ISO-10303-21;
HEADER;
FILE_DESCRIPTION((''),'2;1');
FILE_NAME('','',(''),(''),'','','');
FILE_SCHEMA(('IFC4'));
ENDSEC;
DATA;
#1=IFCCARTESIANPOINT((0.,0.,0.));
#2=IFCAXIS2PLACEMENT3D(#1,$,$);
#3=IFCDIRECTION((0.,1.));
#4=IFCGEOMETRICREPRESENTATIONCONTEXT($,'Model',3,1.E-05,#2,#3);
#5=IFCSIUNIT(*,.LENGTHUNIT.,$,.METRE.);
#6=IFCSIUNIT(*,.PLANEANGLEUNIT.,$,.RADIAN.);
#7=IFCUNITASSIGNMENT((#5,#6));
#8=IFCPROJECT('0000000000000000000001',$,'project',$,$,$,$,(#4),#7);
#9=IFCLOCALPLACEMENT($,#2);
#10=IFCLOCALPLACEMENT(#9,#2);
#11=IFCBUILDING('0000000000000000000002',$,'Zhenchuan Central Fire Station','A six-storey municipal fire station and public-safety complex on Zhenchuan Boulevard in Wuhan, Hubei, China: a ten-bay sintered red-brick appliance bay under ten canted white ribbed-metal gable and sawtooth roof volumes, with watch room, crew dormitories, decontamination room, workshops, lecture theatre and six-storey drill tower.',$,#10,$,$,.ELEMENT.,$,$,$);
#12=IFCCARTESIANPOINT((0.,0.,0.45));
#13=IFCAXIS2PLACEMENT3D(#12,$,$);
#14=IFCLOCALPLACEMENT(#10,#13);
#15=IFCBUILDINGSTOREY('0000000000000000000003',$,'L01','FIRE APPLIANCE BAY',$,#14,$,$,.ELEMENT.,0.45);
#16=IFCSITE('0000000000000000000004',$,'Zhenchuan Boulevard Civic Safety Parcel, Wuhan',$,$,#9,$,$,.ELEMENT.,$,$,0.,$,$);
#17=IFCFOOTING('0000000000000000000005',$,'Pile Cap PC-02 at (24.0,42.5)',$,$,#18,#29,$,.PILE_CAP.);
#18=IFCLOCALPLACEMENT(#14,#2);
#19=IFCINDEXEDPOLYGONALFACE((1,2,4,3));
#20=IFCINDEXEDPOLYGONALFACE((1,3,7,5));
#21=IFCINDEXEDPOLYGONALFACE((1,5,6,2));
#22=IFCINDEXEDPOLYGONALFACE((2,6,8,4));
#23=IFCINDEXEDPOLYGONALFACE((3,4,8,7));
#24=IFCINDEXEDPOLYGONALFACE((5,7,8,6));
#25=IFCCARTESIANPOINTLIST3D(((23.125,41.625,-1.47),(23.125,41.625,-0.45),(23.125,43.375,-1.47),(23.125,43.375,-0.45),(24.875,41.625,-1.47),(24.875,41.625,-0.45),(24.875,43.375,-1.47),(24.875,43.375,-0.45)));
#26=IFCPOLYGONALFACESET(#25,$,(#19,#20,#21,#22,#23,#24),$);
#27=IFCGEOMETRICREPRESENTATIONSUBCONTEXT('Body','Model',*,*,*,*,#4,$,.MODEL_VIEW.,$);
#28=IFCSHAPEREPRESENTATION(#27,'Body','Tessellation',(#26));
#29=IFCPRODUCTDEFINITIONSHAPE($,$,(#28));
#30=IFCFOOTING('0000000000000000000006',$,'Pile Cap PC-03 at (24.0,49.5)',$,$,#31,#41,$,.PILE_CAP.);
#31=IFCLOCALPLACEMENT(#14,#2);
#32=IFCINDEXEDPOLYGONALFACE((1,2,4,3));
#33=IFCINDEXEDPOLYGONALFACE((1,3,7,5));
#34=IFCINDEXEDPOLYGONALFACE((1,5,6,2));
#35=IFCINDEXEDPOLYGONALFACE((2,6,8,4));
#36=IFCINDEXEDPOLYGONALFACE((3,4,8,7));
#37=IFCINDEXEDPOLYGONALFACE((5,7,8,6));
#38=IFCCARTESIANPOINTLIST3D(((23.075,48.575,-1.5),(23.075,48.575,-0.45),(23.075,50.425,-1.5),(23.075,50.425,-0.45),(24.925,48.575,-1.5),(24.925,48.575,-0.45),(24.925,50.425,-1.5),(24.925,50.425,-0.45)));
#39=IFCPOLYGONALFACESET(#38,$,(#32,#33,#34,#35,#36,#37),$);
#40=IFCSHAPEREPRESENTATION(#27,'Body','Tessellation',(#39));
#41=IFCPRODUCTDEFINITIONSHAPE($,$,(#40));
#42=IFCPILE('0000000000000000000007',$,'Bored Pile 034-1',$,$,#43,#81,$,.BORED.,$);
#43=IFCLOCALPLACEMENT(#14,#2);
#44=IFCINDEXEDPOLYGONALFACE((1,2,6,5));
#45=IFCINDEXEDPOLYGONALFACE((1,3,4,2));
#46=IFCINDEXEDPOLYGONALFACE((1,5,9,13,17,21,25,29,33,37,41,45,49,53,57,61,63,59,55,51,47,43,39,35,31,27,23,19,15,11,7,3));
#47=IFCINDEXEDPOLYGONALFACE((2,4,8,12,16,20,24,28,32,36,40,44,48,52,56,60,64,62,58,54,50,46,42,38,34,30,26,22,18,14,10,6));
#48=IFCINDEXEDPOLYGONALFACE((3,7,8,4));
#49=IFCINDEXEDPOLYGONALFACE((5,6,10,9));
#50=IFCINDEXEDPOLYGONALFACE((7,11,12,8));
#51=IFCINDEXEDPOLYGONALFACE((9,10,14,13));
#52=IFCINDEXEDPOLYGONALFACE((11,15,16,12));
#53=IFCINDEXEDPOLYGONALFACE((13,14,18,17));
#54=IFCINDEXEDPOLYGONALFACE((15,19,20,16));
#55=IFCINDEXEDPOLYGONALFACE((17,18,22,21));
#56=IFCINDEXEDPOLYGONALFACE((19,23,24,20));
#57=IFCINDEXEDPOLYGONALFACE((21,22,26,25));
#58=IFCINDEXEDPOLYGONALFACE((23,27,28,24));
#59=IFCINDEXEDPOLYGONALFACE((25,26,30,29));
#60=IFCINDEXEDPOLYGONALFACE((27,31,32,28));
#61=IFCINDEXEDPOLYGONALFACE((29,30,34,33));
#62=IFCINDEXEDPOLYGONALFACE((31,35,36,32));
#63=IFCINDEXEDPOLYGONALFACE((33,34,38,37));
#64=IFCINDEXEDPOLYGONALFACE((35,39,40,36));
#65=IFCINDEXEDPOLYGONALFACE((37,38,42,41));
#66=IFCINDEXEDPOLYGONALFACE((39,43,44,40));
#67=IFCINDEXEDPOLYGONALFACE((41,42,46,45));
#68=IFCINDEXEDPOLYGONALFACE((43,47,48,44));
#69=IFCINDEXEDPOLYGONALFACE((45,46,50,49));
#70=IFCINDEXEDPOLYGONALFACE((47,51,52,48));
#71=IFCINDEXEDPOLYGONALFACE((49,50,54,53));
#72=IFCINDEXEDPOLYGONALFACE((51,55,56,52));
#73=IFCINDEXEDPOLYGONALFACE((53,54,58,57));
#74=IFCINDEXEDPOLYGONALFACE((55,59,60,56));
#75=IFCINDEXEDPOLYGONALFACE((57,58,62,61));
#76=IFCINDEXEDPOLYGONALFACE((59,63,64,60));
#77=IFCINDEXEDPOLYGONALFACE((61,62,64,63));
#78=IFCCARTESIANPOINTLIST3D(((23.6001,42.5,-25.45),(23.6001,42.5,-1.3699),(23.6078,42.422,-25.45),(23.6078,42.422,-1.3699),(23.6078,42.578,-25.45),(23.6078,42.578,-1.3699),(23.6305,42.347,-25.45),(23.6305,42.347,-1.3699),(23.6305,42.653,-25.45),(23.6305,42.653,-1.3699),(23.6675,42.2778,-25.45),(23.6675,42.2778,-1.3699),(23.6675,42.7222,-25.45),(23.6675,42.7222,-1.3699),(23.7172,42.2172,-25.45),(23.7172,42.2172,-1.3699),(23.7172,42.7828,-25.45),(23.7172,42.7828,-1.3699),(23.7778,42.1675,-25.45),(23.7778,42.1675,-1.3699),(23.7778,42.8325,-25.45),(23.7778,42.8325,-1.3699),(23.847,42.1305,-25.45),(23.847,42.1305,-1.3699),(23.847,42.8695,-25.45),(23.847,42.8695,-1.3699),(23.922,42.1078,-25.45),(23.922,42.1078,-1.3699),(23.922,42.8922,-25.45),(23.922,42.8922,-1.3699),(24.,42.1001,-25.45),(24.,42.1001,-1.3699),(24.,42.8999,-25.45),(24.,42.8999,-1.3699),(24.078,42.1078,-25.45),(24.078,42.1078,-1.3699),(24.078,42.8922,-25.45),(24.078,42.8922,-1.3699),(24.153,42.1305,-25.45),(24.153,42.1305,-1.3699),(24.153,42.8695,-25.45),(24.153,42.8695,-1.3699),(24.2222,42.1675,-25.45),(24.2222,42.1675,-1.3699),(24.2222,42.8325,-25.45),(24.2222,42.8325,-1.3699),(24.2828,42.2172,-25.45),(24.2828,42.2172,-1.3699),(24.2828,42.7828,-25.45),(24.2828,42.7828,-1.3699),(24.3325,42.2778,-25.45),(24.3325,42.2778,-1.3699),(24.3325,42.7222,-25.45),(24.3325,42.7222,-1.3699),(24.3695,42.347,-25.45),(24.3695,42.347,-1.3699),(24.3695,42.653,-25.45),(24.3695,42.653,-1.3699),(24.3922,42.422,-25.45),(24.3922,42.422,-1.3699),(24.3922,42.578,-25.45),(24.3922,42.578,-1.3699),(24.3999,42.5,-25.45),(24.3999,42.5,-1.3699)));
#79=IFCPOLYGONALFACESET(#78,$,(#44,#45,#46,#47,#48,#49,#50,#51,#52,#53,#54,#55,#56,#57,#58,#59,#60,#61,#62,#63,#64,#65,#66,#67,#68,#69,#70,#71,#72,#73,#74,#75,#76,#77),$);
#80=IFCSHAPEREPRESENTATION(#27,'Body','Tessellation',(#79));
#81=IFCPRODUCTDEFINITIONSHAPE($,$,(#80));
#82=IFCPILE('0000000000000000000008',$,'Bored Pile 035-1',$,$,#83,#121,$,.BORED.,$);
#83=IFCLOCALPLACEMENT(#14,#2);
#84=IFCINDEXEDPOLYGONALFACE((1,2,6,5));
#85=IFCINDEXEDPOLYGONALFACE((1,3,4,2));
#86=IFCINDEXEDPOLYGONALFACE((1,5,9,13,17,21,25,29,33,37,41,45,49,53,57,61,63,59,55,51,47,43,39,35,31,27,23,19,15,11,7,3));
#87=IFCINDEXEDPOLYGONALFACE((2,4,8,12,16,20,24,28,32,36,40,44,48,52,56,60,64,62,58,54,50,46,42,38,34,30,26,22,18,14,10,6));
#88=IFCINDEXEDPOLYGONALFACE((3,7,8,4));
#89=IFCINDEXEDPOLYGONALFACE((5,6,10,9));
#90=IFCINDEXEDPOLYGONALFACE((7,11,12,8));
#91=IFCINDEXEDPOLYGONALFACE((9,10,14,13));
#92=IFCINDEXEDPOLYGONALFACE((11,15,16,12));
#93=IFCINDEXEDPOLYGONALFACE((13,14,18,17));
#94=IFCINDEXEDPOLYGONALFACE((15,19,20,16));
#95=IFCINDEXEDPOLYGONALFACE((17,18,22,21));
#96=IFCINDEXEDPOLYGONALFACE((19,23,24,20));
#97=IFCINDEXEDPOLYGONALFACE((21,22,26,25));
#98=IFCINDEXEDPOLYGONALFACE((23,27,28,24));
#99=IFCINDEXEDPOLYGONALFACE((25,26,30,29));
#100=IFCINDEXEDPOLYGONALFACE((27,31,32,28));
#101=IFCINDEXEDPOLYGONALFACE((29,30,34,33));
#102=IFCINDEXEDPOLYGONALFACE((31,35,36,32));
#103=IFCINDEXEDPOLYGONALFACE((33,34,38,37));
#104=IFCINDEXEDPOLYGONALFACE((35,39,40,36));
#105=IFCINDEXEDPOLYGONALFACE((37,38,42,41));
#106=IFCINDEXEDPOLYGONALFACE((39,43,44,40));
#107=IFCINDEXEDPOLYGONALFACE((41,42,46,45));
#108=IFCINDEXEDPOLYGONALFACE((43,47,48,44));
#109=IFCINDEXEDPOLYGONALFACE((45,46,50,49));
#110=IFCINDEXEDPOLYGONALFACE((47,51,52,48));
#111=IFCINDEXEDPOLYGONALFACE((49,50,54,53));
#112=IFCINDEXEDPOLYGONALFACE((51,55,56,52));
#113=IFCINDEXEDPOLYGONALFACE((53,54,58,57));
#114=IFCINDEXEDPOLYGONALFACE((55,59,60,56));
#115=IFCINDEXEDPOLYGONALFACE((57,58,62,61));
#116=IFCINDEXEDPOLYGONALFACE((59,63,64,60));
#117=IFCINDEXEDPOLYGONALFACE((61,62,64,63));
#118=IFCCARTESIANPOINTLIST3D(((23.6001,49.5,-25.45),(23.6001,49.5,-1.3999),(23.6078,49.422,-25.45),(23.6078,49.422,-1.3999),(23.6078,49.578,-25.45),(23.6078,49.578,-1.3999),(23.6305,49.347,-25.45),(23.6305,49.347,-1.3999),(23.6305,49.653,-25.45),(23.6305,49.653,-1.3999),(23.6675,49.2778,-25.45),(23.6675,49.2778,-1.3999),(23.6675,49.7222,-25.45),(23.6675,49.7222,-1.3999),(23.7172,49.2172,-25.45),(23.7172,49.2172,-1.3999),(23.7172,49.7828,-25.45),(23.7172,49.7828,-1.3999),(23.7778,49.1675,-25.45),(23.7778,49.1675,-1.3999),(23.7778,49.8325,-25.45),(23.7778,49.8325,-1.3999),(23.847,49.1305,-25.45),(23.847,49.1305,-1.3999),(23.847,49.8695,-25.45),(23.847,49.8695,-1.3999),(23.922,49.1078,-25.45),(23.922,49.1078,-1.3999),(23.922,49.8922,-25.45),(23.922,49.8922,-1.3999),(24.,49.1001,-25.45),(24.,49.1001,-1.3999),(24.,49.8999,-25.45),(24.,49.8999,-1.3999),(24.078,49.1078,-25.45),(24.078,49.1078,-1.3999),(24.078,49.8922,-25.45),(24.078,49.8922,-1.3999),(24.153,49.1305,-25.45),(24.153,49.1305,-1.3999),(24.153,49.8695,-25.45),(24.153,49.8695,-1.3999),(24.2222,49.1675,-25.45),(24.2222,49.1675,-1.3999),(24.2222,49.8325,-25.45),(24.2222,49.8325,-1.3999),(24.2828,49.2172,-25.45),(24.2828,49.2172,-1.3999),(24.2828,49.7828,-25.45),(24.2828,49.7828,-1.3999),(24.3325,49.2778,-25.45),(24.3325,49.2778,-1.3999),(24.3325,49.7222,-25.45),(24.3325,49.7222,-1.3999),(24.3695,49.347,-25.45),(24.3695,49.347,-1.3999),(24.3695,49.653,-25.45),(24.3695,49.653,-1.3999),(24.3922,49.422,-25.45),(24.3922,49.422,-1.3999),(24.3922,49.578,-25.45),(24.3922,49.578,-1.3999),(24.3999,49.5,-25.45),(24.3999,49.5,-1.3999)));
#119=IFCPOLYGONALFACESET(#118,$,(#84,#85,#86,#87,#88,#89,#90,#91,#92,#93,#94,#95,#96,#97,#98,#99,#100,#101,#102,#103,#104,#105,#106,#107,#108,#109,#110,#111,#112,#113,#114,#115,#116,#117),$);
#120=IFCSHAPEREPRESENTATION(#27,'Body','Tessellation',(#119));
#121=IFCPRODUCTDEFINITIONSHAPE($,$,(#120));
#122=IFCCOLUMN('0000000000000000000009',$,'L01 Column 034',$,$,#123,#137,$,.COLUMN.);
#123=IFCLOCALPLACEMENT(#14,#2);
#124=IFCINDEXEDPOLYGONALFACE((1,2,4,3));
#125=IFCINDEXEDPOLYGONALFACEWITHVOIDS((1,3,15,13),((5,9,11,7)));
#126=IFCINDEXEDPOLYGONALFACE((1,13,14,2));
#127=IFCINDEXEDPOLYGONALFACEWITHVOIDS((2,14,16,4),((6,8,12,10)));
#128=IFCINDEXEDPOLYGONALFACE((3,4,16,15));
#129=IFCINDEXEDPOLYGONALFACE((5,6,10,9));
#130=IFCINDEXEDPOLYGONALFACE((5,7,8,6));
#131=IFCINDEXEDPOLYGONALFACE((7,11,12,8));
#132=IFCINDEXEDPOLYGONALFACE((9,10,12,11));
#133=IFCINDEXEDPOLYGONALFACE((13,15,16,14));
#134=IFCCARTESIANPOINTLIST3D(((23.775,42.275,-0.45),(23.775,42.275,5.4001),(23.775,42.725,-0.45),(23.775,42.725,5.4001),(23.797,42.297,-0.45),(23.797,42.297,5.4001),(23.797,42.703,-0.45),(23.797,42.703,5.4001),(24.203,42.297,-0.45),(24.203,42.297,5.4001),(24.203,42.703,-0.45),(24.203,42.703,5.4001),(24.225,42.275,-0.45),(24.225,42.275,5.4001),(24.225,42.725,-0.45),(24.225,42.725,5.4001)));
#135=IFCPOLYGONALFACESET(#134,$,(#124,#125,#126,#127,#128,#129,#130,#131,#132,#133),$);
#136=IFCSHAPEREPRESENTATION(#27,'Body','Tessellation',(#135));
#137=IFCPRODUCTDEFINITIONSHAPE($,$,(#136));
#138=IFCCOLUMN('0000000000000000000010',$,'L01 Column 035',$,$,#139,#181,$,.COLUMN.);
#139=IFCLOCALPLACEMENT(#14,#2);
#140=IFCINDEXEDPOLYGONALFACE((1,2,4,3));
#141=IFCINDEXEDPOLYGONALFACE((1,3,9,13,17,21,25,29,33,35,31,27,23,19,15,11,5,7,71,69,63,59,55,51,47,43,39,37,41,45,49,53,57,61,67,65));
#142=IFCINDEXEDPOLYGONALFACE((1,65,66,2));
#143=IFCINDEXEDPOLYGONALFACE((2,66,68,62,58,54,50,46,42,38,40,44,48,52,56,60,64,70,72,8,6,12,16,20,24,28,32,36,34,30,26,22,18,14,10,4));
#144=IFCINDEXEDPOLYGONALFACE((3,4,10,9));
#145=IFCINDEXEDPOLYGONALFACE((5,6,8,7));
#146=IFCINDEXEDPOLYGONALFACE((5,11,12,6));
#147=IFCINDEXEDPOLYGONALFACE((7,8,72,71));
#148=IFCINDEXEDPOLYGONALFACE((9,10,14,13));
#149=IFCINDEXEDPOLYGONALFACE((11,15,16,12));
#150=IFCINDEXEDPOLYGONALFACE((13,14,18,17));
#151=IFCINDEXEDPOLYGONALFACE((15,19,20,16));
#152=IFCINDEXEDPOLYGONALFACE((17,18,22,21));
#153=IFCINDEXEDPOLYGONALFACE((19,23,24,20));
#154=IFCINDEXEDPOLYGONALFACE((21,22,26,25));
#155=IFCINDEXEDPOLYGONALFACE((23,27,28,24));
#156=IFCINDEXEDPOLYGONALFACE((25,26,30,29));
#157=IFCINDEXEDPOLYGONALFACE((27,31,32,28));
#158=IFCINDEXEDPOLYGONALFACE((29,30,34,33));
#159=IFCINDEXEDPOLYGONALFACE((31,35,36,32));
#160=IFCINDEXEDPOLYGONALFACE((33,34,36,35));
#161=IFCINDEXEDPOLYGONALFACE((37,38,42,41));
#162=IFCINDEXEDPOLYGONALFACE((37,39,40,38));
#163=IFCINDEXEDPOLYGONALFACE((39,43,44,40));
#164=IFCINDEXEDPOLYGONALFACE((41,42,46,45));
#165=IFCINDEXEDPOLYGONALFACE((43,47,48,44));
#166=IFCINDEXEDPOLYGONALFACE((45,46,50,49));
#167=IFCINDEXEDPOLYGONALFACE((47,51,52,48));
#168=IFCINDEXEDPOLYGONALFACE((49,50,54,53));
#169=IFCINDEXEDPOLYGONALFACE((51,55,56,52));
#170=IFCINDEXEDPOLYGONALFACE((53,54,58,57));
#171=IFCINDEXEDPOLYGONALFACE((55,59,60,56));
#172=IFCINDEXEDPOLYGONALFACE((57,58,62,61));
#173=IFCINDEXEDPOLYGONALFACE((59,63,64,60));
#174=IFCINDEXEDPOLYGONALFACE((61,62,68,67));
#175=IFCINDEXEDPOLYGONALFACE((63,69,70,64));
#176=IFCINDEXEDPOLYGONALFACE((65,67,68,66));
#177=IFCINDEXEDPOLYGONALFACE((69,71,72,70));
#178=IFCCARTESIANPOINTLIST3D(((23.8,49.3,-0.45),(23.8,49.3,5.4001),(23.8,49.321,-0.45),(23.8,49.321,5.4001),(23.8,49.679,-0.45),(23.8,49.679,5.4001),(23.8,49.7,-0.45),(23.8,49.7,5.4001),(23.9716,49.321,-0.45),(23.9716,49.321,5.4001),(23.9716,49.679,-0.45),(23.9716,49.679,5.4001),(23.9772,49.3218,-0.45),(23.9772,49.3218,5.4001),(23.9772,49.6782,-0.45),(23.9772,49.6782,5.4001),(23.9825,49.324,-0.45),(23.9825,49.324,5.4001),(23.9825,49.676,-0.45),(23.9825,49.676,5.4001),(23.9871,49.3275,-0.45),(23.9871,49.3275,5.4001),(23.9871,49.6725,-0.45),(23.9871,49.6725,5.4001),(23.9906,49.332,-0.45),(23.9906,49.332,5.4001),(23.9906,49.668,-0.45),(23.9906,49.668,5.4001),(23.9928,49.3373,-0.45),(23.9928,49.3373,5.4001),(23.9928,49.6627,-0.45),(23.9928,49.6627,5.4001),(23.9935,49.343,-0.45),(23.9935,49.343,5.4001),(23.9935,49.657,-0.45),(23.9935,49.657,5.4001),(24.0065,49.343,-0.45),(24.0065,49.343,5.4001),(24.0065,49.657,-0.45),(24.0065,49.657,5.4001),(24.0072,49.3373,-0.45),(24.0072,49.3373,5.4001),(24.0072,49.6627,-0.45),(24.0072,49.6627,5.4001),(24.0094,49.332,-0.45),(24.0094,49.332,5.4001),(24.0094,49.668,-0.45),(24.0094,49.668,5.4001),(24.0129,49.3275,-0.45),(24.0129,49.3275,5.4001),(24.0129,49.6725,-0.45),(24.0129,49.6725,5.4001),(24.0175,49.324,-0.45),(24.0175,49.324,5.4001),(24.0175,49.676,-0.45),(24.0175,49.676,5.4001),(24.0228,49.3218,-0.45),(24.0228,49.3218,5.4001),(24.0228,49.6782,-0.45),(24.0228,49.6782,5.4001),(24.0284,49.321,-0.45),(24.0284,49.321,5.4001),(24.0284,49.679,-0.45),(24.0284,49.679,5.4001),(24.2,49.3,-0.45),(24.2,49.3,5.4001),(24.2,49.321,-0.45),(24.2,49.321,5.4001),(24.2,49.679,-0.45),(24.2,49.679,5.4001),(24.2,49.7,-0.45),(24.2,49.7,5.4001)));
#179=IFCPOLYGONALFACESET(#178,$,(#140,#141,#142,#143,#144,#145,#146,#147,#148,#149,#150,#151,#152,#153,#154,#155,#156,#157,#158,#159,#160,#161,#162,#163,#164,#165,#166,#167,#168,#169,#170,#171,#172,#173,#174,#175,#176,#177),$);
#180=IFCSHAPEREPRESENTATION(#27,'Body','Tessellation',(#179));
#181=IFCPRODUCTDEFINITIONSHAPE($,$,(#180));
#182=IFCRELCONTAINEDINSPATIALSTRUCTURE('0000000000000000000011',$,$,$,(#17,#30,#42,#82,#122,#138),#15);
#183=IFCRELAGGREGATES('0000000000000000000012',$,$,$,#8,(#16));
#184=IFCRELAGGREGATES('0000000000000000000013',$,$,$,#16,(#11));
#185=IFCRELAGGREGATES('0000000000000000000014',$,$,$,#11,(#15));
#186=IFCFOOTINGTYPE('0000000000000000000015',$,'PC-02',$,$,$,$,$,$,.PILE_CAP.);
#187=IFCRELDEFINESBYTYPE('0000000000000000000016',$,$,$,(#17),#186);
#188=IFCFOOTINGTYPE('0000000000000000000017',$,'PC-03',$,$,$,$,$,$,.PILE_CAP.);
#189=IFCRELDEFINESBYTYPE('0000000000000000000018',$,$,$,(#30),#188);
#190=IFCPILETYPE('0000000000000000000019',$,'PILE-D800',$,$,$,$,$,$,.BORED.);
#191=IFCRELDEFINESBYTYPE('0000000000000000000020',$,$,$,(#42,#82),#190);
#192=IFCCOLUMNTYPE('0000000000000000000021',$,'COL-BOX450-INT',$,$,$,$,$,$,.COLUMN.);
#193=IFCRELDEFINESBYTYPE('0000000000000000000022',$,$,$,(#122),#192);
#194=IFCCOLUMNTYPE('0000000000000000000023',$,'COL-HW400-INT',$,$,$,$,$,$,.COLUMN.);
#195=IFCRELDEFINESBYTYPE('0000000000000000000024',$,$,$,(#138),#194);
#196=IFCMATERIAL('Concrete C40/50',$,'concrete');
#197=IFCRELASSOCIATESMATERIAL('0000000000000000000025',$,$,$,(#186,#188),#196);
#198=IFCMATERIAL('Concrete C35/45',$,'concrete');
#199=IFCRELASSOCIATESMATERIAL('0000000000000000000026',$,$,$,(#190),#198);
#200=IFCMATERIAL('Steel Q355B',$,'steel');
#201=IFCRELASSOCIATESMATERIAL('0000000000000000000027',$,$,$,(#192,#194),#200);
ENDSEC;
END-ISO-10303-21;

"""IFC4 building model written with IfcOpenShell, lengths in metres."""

from ifc_helpers import new_model, si_unit, direction, frame, origin, origin_2d, place, context, subcontext, project, spatial, rectangle, hollow_rectangle, circle, i_section, extrude, material, material_profile, profile_set, type_object, element, save


model = new_model("IFC4")

# Units and contexts
model_context = context("Model", 3, precision=1e-05, world=origin(), true_north=direction((0.0, 1.0)))
body_context = subcontext(model_context, "Body", "Model", "MODEL_VIEW")
ifc_project = project(units=[si_unit("LENGTHUNIT", "METRE"), si_unit("PLANEANGLEUNIT", "RADIAN")], contexts=[model_context])

# Site, building, storey
site_placement = place(None, origin())
site = spatial("IfcSite", under=ifc_project, at=site_placement, Name="Zhenchuan Boulevard Civic Safety Parcel, Wuhan", CompositionType="ELEMENT", RefElevation=0.0)
building_placement = place(site_placement, origin())
building = spatial("IfcBuilding", under=site, at=building_placement, Name="Zhenchuan Central Fire Station", Description="A six-storey municipal fire station and public-safety complex on Zhenchuan Boulevard in Wuhan, Hubei, China: a ten-bay sintered red-brick appliance bay under ten canted white ribbed-metal gable and sawtooth roof volumes, with watch room, crew dormitories, decontamination room, workshops, lecture theatre and six-storey drill tower.", CompositionType="ELEMENT")
storey_placement = place(building_placement, frame((0.0, 0.0, 0.45)))
storey = spatial("IfcBuildingStorey", under=building, at=storey_placement, Name="L01", Description="FIRE APPLIANCE BAY", CompositionType="ELEMENT", Elevation=0.45)

# Footings
ifc_material_1 = material(Name="Concrete C40/50", Category="concrete")
footing_type_1 = type_object("IfcFootingType", Name="PC-02", PredefinedType="PILE_CAP", material=ifc_material_1)
footing_1_placement = place(storey_placement, frame((24.0, 42.5, -1.47), z_axis=(0.0, 0.0, 1.0), x_axis=(1.0, 0.0, 0.0)))
element("IfcFooting", 1, at=footing_1_placement, inside=storey, type_object=footing_type_1, Name="Pile Cap PC-02 at (24.0,42.5)", PredefinedType="PILE_CAP", context=body_context, shape_type="SweptSolid", body=[
    extrude(rectangle(XDim=1.75, YDim=1.75, at=origin_2d()), origin(), (0.0, 0.0, 1.0), 1.02),
])
footing_type_2 = type_object("IfcFootingType", Name="PC-03", PredefinedType="PILE_CAP", material=ifc_material_1)
footing_2_placement = place(storey_placement, frame((24.0, 49.5, -1.5), z_axis=(0.0, 0.0, 1.0), x_axis=(1.0, 0.0, 0.0)))
element("IfcFooting", 2, at=footing_2_placement, inside=storey, type_object=footing_type_2, Name="Pile Cap PC-03 at (24.0,49.5)", PredefinedType="PILE_CAP", context=body_context, shape_type="SweptSolid", body=[
    extrude(rectangle(XDim=1.8501, YDim=1.8501, at=origin_2d()), origin(), (0.0, 0.0, 1.0), 1.05),
])

# Piles
ifc_material_2 = material(Name="Concrete C35/45", Category="concrete")
ifc_material_profile_1 = material_profile(ifc_material_2, circle(Radius=0.3999, at=origin_2d()), Name="PILE D800")
ifc_profile_set_1 = profile_set([ifc_material_profile_1], Name="Concrete C35/45")
pile_type = type_object("IfcPileType", Name="PILE-D800", PredefinedType="BORED", material=ifc_profile_set_1)
pile_1_placement = place(storey_placement, frame((24.0, 42.5, -1.3699), z_axis=(0.0, 0.0, -1.0), x_axis=(1.0, 0.0, 0.0)))
element("IfcPile", 3, at=pile_1_placement, inside=storey, type_object=pile_type, Name="Bored Pile 034-1", PredefinedType="BORED", context=body_context, shape_type="SweptSolid", body=[
    extrude(circle(Radius=0.3999, at=origin_2d()), origin(), (0.0, 0.0, 1.0), 24.0801),
])
pile_2_placement = place(storey_placement, frame((24.0, 49.5, -1.3999), z_axis=(0.0, 0.0, -1.0), x_axis=(1.0, 0.0, 0.0)))
element("IfcPile", 4, at=pile_2_placement, inside=storey, type_object=pile_type, Name="Bored Pile 035-1", PredefinedType="BORED", context=body_context, shape_type="SweptSolid", body=[
    extrude(circle(Radius=0.3999, at=origin_2d()), origin(), (0.0, 0.0, 1.0), 24.05),
])

# Columns
ifc_material_3 = material(Name="Steel Q355B", Category="steel")
ifc_material_profile_2 = material_profile(ifc_material_3, hollow_rectangle(XDim=0.45, YDim=0.45, WallThickness=0.022, at=origin_2d()), Name="BOX 450x450x22")
ifc_profile_set_2 = profile_set([ifc_material_profile_2], Name="Steel Q355B")
column_type_1 = type_object("IfcColumnType", Name="COL-BOX450-INT", PredefinedType="COLUMN", material=ifc_profile_set_2)
column_1_placement = place(storey_placement, frame((24.0, 42.5, -0.45), z_axis=(0.0, 0.0, 1.0), x_axis=(1.0, 0.0, 0.0)))
element("IfcColumn", 5, at=column_1_placement, inside=storey, type_object=column_type_1, Name="L01 Column 034", PredefinedType="COLUMN", context=body_context, shape_type="SweptSolid", body=[
    extrude(hollow_rectangle(XDim=0.45, YDim=0.45, WallThickness=0.022, at=origin_2d()), origin(), (0.0, 0.0, 1.0), 5.8501),
])
ifc_material_profile_3 = material_profile(ifc_material_3, i_section(OverallWidth=0.3999, OverallDepth=0.3999, WebThickness=0.0129, FlangeThickness=0.021, FilletRadius=0.022, at=origin_2d()), Name="HW 400x400")
ifc_profile_set_3 = profile_set([ifc_material_profile_3], Name="Steel Q355B")
column_type_2 = type_object("IfcColumnType", Name="COL-HW400-INT", PredefinedType="COLUMN", material=ifc_profile_set_3)
column_2_placement = place(storey_placement, frame((24.0, 49.5, -0.45), z_axis=(0.0, 0.0, 1.0), x_axis=(1.0, 0.0, 0.0)))
element("IfcColumn", 6, at=column_2_placement, inside=storey, type_object=column_type_2, Name="L01 Column 035", PredefinedType="COLUMN", context=body_context, shape_type="SweptSolid", body=[
    extrude(i_section(OverallWidth=0.3999, OverallDepth=0.3999, WebThickness=0.0129, FlangeThickness=0.021, FilletRadius=0.022, at=origin_2d()), origin(), (0.0, 0.0, 1.0), 5.8501),
])

save(model, "model.ifc")
